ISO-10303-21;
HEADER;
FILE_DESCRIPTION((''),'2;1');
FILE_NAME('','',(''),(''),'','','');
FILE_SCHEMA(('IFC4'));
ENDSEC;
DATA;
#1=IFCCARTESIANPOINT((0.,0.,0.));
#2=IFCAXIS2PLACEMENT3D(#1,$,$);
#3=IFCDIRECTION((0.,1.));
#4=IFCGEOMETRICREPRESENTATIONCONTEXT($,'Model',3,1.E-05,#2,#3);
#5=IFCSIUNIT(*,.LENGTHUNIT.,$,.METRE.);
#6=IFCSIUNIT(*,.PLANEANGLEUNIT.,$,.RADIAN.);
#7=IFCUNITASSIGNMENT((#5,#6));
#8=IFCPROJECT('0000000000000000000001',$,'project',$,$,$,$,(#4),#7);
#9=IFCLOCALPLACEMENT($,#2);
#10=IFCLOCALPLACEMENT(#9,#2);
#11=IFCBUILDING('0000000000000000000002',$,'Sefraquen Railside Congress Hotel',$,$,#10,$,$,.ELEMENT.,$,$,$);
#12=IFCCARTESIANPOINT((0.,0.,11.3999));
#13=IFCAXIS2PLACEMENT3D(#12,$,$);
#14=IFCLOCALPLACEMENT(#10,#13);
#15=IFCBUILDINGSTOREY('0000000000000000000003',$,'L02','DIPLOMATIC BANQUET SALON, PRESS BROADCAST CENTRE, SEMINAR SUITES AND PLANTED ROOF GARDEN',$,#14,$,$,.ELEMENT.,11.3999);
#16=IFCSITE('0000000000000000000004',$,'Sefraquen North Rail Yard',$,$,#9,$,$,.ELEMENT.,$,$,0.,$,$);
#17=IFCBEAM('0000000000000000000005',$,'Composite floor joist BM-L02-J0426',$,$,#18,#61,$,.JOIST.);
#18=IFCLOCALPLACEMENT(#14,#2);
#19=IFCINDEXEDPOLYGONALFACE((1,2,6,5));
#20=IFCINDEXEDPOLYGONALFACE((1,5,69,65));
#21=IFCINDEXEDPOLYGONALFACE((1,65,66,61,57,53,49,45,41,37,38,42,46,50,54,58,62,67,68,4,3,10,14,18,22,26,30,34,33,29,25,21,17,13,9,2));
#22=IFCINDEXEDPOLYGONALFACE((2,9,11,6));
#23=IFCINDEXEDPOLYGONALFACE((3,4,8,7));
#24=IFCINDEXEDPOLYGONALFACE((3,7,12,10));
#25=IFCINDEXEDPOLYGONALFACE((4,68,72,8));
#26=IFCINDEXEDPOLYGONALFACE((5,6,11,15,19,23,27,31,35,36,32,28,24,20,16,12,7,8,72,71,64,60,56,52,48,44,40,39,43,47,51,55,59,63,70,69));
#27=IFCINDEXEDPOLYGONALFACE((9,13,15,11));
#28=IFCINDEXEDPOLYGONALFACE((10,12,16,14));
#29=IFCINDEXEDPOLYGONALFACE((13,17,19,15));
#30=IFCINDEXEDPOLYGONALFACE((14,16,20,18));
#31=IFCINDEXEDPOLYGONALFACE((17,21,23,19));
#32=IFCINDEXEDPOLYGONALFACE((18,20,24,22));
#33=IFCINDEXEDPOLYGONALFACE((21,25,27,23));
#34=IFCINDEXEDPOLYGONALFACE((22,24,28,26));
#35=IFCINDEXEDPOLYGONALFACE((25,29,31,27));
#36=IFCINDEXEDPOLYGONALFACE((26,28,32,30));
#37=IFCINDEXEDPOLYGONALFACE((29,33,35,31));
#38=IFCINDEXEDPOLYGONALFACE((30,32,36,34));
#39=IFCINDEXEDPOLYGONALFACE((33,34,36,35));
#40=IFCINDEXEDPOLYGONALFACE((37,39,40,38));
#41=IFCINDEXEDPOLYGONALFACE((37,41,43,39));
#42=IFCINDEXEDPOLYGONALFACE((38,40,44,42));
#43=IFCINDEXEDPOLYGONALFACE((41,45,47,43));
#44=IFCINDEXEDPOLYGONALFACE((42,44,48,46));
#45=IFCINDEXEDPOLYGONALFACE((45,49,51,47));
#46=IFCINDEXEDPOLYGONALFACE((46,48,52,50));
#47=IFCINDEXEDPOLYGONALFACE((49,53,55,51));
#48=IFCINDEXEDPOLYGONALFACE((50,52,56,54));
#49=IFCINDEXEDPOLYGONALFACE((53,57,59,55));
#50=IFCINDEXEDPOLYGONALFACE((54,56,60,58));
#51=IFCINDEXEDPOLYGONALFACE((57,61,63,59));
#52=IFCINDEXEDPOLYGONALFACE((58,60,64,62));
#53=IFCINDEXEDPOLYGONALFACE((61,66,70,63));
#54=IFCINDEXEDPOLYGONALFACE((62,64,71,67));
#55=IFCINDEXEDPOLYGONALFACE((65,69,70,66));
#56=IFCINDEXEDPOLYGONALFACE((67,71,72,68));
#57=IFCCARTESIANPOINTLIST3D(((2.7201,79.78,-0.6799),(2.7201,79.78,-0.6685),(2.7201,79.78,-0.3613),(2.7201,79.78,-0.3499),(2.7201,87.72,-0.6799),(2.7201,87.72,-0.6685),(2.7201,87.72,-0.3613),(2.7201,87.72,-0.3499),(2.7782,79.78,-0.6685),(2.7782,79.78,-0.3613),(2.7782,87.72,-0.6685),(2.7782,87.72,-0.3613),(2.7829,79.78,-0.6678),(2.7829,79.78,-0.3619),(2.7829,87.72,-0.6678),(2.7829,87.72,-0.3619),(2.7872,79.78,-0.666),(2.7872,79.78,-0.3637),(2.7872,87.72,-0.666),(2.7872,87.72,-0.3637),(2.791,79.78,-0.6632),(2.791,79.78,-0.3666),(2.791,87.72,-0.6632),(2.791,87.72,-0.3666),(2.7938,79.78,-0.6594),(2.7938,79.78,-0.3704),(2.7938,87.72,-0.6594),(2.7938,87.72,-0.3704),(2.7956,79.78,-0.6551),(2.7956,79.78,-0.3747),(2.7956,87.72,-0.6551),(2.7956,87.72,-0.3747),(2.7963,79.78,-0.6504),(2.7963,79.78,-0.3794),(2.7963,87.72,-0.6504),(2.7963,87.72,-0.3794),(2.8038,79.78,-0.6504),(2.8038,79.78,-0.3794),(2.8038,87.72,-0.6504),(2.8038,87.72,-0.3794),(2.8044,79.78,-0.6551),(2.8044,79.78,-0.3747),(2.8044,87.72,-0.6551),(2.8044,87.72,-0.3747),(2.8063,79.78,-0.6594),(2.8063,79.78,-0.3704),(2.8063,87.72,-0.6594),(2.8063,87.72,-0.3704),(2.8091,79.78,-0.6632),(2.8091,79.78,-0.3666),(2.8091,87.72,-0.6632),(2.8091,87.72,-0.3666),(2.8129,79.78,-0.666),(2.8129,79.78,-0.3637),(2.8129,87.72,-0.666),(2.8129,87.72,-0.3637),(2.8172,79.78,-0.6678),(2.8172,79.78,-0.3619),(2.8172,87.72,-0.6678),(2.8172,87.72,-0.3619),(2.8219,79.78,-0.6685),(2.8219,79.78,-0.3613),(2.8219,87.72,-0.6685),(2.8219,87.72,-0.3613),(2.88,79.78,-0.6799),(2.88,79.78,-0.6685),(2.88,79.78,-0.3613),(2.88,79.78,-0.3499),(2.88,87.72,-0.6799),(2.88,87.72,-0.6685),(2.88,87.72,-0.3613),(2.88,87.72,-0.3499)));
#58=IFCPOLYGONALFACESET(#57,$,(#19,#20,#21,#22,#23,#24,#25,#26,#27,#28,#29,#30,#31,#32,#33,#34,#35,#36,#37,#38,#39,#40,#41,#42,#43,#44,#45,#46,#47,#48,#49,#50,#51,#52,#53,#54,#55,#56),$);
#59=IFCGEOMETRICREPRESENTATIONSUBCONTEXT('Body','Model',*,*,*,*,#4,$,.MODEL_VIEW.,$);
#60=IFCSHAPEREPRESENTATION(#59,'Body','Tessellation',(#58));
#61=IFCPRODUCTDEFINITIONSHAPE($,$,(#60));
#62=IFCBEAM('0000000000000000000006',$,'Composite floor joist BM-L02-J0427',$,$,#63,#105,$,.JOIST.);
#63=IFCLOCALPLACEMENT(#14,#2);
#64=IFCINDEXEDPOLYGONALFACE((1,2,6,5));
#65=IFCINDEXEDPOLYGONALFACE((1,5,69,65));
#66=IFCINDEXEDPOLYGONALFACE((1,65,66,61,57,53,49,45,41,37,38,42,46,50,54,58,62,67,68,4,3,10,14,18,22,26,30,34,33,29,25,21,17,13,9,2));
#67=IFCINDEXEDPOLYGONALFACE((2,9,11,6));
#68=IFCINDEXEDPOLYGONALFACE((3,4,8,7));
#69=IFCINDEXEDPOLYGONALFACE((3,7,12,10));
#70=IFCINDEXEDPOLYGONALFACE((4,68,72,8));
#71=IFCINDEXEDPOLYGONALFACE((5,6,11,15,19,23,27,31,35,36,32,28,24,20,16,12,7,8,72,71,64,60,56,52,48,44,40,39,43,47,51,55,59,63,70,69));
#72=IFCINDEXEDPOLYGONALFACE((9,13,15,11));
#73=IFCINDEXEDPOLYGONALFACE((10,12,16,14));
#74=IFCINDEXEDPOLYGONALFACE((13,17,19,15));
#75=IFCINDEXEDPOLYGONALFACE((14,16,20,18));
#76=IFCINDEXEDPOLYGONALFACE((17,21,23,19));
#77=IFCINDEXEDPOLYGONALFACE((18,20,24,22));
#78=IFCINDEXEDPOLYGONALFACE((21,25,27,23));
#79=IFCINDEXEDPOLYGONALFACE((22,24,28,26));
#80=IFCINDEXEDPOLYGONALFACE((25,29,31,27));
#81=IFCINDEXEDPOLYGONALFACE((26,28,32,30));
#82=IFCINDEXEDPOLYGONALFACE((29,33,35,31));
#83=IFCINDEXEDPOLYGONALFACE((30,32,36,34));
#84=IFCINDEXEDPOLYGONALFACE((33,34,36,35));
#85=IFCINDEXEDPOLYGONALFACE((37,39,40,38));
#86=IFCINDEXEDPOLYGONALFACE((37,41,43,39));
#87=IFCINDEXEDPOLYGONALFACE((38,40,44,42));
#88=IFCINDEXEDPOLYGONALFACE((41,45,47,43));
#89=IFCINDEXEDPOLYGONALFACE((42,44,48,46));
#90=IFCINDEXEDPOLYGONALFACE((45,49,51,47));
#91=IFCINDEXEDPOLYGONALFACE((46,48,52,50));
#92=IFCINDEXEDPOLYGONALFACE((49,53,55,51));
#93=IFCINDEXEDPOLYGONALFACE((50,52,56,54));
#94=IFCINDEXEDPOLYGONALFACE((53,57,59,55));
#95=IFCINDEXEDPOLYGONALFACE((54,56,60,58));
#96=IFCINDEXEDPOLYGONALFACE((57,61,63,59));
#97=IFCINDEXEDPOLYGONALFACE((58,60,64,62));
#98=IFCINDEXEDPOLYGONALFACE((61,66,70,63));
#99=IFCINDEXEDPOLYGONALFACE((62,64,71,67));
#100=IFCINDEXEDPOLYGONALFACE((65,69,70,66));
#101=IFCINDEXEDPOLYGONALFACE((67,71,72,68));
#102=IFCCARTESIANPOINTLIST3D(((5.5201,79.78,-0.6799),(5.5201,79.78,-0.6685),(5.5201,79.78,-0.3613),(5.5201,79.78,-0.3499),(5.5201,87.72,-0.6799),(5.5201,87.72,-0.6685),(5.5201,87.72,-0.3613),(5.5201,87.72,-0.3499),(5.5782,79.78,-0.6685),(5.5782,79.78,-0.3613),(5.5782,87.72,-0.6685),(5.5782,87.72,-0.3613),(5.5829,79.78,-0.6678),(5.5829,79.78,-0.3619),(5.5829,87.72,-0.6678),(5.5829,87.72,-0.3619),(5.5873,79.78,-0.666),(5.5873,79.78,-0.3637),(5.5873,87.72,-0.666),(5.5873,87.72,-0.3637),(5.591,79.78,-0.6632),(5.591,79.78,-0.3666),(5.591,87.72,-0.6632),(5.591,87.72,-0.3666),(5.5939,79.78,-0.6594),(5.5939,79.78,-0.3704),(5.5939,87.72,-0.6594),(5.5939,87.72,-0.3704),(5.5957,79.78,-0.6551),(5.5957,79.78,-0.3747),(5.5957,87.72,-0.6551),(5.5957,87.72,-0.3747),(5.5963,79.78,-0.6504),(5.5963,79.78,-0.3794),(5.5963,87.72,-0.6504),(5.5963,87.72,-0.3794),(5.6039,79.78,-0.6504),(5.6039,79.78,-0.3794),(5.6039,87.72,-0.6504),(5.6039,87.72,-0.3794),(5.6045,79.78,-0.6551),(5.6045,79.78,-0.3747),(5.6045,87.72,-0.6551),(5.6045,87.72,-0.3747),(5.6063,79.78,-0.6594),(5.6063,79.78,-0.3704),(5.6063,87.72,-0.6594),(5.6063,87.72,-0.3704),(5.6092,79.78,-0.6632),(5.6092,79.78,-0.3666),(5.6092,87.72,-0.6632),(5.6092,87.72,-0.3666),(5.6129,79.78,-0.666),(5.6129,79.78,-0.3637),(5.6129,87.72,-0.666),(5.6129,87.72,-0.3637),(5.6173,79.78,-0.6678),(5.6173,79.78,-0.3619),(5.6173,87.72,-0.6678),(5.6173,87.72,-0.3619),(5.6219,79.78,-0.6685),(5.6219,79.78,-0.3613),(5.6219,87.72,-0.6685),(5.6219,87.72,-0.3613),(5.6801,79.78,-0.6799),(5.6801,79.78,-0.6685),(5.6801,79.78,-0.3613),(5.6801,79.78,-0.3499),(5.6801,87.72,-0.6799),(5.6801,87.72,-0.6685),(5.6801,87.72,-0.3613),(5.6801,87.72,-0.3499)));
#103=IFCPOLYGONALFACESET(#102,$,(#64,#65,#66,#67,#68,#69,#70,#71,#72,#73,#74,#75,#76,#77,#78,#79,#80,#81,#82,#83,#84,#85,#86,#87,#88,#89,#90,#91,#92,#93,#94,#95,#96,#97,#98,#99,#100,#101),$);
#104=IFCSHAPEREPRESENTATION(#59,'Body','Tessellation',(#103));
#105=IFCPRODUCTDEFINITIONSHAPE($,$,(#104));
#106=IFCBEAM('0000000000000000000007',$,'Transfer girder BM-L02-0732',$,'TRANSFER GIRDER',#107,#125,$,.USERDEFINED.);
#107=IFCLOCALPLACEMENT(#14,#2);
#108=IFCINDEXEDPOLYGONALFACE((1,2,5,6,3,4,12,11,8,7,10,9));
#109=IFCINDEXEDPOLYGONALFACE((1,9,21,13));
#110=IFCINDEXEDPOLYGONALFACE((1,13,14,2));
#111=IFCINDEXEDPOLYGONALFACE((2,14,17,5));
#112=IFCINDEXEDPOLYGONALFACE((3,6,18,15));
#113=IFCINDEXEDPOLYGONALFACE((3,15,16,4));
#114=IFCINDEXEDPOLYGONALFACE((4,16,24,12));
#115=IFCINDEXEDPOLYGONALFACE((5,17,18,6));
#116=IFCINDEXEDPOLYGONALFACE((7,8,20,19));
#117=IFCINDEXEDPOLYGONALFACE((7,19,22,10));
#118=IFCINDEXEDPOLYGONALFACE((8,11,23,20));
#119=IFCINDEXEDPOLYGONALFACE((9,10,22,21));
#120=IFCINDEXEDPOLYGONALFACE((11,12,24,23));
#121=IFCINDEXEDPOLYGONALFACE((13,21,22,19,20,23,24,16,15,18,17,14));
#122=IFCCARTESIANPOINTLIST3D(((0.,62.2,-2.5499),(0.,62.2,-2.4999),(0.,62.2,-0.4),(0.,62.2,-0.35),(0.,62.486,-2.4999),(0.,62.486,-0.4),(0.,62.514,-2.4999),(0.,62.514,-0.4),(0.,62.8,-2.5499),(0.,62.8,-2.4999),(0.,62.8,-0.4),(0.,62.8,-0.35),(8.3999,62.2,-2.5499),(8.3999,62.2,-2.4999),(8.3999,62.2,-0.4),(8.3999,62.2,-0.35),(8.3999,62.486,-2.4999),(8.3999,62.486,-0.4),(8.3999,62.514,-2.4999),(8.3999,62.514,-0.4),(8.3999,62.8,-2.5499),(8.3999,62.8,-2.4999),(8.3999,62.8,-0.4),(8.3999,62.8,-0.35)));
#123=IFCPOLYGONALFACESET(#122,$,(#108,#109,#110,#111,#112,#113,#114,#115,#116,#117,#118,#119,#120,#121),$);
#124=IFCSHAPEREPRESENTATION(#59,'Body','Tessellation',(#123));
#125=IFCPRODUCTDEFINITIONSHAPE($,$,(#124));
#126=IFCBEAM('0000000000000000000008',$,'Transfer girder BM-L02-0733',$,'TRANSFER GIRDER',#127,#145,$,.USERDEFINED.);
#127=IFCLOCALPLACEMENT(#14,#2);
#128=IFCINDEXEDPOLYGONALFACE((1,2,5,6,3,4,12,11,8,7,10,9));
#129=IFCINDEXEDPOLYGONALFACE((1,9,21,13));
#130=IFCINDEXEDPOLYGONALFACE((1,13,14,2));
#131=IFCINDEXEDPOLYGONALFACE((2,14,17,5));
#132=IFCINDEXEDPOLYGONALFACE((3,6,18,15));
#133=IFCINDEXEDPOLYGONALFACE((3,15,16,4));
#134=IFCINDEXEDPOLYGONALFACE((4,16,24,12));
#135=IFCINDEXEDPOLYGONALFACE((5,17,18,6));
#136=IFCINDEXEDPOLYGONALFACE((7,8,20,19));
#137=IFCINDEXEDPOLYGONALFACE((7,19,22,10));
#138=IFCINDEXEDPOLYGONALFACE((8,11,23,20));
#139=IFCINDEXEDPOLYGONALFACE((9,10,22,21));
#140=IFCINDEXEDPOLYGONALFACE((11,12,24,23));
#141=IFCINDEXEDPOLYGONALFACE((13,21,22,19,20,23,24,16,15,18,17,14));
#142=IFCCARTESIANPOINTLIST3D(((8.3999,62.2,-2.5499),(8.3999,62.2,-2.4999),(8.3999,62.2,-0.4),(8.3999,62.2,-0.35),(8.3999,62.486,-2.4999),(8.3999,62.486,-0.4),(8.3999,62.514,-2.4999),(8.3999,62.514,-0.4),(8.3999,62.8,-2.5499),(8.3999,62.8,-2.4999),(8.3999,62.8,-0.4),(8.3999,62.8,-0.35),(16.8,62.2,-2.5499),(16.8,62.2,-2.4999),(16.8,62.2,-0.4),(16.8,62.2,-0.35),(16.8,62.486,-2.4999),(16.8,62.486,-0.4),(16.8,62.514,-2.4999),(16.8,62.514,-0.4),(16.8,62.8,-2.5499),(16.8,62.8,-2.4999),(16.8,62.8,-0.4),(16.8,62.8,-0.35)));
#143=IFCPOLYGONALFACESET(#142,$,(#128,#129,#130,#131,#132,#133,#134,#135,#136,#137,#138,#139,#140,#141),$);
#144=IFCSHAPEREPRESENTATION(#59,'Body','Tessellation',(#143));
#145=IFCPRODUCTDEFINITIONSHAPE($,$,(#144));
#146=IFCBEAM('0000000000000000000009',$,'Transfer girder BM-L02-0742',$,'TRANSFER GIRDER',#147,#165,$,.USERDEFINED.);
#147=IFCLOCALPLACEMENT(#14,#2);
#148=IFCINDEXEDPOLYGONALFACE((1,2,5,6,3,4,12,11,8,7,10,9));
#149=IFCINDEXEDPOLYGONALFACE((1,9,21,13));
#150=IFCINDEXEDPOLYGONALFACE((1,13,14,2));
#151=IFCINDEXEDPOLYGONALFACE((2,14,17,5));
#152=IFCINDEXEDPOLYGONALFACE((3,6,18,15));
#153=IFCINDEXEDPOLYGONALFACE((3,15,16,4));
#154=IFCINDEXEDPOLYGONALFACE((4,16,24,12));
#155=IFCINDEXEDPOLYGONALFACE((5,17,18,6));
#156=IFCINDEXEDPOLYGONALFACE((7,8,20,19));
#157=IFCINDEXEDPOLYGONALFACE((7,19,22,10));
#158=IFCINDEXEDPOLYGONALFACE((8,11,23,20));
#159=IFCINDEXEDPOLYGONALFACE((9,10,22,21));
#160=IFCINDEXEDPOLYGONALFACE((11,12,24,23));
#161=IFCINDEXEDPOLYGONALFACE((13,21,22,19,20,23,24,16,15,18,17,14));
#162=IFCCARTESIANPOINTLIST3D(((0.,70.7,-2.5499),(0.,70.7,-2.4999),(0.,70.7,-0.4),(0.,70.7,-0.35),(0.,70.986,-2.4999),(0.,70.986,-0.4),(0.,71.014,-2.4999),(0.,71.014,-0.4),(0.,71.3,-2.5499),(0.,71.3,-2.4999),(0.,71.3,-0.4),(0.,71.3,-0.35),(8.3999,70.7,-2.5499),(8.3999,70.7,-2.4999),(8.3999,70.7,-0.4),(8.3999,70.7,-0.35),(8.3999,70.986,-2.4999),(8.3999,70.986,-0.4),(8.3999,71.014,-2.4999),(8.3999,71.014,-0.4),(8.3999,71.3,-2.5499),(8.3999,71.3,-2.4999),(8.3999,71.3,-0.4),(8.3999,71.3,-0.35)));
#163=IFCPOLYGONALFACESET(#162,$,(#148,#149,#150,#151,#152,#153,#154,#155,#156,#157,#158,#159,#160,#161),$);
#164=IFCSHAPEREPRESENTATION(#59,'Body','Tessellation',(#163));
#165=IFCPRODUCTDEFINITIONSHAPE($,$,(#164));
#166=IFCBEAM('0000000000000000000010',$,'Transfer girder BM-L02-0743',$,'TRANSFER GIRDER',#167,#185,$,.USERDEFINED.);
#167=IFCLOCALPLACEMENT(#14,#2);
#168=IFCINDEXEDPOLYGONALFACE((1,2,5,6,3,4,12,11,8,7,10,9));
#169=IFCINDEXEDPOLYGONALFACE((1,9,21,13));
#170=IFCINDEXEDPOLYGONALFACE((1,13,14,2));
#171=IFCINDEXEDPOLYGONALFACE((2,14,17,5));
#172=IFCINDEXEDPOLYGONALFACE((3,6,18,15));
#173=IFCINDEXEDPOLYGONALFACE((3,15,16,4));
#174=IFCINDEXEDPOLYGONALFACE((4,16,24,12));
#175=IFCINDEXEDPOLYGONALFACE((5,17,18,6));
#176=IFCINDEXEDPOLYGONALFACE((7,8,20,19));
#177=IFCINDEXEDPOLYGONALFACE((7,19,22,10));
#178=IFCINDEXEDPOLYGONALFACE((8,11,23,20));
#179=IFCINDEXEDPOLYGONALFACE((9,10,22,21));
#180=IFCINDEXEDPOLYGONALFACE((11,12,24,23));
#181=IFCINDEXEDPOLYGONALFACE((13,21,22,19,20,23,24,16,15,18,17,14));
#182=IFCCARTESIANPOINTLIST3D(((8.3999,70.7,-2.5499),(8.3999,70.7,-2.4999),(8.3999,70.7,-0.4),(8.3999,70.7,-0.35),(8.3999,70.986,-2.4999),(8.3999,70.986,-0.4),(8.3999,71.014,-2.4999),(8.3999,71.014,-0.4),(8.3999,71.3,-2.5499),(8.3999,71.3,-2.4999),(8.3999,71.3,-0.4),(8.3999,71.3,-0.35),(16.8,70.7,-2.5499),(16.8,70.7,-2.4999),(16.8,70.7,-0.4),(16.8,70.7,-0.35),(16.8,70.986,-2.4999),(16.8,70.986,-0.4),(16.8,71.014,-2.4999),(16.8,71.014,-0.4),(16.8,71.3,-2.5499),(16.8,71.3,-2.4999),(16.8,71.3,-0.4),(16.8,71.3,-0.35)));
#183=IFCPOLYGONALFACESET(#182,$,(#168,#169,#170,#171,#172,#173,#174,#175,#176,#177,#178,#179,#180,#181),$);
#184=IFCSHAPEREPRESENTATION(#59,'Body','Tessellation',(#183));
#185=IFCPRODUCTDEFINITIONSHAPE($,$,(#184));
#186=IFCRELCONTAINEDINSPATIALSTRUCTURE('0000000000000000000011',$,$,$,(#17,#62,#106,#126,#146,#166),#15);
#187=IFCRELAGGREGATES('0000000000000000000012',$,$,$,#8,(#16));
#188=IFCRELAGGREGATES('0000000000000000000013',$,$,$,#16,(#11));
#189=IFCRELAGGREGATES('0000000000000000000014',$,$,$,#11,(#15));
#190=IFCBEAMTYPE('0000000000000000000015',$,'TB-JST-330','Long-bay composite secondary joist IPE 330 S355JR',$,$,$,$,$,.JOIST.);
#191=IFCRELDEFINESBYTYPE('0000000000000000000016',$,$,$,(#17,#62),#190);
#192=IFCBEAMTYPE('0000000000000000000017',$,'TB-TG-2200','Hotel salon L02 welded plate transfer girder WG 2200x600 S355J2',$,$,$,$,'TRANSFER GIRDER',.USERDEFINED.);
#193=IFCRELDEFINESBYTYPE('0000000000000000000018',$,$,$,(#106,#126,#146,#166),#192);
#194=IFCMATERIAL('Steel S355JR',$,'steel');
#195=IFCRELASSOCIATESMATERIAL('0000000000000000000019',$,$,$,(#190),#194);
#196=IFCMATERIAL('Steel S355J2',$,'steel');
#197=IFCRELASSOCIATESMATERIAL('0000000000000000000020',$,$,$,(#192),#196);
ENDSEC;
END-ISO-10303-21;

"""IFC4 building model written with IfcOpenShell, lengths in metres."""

from ifc_helpers import new_model, si_unit, direction, frame, origin, origin_2d, place, context, subcontext, project, spatial, i_section, extrude, material, material_profile, profile_set, type_object, element, save


model = new_model("IFC4")

# Units and contexts
model_context = context("Model", 3, precision=1e-05, world=origin(), true_north=direction((0.0, 1.0)))
body_context = subcontext(model_context, "Body", "Model", "MODEL_VIEW")
ifc_project = project(units=[si_unit("LENGTHUNIT", "METRE"), si_unit("PLANEANGLEUNIT", "RADIAN")], contexts=[model_context])

# Site, building, storey
site_placement = place(None, origin())
site = spatial("IfcSite", under=ifc_project, at=site_placement, Name="Sefraquen North Rail Yard", CompositionType="ELEMENT", RefElevation=0.0)
building_placement = place(site_placement, origin())
building = spatial("IfcBuilding", under=site, at=building_placement, Name="Sefraquen Railside Congress Hotel", CompositionType="ELEMENT")
storey_placement = place(building_placement, frame((0.0, 0.0, 11.3999)))
storey = spatial("IfcBuildingStorey", under=building, at=storey_placement, Name="L02", Description="DIPLOMATIC BANQUET SALON, PRESS BROADCAST CENTRE, SEMINAR SUITES AND PLANTED ROOF GARDEN", CompositionType="ELEMENT", Elevation=11.3999)

# Shared definitions
ifc_material_1 = material(Name="Steel S355JR", Category="steel")

# Beams
ifc_material_profile_1 = material_profile(ifc_material_1, i_section(OverallWidth=0.1599, OverallDepth=0.3301, WebThickness=0.0076, FlangeThickness=0.0115, FilletRadius=0.0181, at=origin_2d()), Name="IPE 330")
ifc_profile_set_1 = profile_set([ifc_material_profile_1], Name="Steel S355JR")
beam_type_1 = type_object("IfcBeamType", Name="TB-JST-330", Description="Long-bay composite secondary joist IPE 330 S355JR", PredefinedType="JOIST", material=ifc_profile_set_1)
for number, where, z_axis, x_axis, name in (
    (1, (2.8, 79.78, -0.5149), (0.0, 1.0, 0.0), (-1.0, 0.0, 0.0), "Composite floor joist BM-L02-J0426"),
    (2, (5.6001, 79.78, -0.5149), (0.0, 1.0, 0.0), (-1.0, 0.0, 0.0), "Composite floor joist BM-L02-J0427"),
):
    element("IfcBeam", number, at=place(storey_placement, frame(where, z_axis=z_axis, x_axis=x_axis)), inside=storey, type_object=beam_type_1, Name=name, PredefinedType="JOIST", context=body_context, shape_type="SweptSolid", body=[
        extrude(i_section(OverallWidth=0.1599, OverallDepth=0.3301, WebThickness=0.0076, FlangeThickness=0.0115, FilletRadius=0.0181, at=origin_2d()), origin(), (0.0, 0.0, 1.0), 7.9399),
    ])
ifc_material_2 = material(Name="Steel S355J2", Category="steel")
ifc_material_profile_2 = material_profile(ifc_material_2, i_section(OverallWidth=0.6001, OverallDepth=2.2, WebThickness=0.0281, FlangeThickness=0.05, at=origin_2d()), Name="WG 2200x600")
ifc_profile_set_2 = profile_set([ifc_material_profile_2], Name="Steel S355J2")
beam_type_2 = type_object("IfcBeamType", Name="TB-TG-2200", Description="Hotel salon L02 welded plate transfer girder WG 2200x600 S355J2", ElementType="TRANSFER GIRDER", PredefinedType="USERDEFINED", material=ifc_profile_set_2)
beam_1_placement = place(storey_placement, frame((0.0, 62.5, -1.45), z_axis=(1.0, 0.0, 0.0), x_axis=(0.0, 1.0, 0.0)))
element("IfcBeam", 3, at=beam_1_placement, inside=storey, type_object=beam_type_2, Name="Transfer girder BM-L02-0732", ObjectType="TRANSFER GIRDER", PredefinedType="USERDEFINED", context=body_context, shape_type="SweptSolid", body=[
    extrude(i_section(OverallWidth=0.6001, OverallDepth=2.2, WebThickness=0.0281, FlangeThickness=0.05, at=origin_2d()), origin(), (0.0, 0.0, 1.0), 8.3999),
])
beam_2_placement = place(storey_placement, frame((8.3999, 62.5, -1.45), z_axis=(1.0, 0.0, 0.0), x_axis=(0.0, 1.0, 0.0)))
element("IfcBeam", 4, at=beam_2_placement, inside=storey, type_object=beam_type_2, Name="Transfer girder BM-L02-0733", ObjectType="TRANSFER GIRDER", PredefinedType="USERDEFINED", context=body_context, shape_type="SweptSolid", body=[
    extrude(i_section(OverallWidth=0.6001, OverallDepth=2.2, WebThickness=0.0281, FlangeThickness=0.05, at=origin_2d()), origin(), (0.0, 0.0, 1.0), 8.4001),
])
beam_3_placement = place(storey_placement, frame((0.0, 71.0, -1.45), z_axis=(1.0, 0.0, 0.0), x_axis=(0.0, 1.0, 0.0)))
element("IfcBeam", 5, at=beam_3_placement, inside=storey, type_object=beam_type_2, Name="Transfer girder BM-L02-0742", ObjectType="TRANSFER GIRDER", PredefinedType="USERDEFINED", context=body_context, shape_type="SweptSolid", body=[
    extrude(i_section(OverallWidth=0.6001, OverallDepth=2.2, WebThickness=0.0281, FlangeThickness=0.05, at=origin_2d()), origin(), (0.0, 0.0, 1.0), 8.3999),
])
beam_4_placement = place(storey_placement, frame((8.3999, 71.0, -1.45), z_axis=(1.0, 0.0, 0.0), x_axis=(0.0, 1.0, 0.0)))
element("IfcBeam", 6, at=beam_4_placement, inside=storey, type_object=beam_type_2, Name="Transfer girder BM-L02-0743", ObjectType="TRANSFER GIRDER", PredefinedType="USERDEFINED", context=body_context, shape_type="SweptSolid", body=[
    extrude(i_section(OverallWidth=0.6001, OverallDepth=2.2, WebThickness=0.0281, FlangeThickness=0.05, at=origin_2d()), origin(), (0.0, 0.0, 1.0), 8.4001),
])

save(model, "model.ifc")
